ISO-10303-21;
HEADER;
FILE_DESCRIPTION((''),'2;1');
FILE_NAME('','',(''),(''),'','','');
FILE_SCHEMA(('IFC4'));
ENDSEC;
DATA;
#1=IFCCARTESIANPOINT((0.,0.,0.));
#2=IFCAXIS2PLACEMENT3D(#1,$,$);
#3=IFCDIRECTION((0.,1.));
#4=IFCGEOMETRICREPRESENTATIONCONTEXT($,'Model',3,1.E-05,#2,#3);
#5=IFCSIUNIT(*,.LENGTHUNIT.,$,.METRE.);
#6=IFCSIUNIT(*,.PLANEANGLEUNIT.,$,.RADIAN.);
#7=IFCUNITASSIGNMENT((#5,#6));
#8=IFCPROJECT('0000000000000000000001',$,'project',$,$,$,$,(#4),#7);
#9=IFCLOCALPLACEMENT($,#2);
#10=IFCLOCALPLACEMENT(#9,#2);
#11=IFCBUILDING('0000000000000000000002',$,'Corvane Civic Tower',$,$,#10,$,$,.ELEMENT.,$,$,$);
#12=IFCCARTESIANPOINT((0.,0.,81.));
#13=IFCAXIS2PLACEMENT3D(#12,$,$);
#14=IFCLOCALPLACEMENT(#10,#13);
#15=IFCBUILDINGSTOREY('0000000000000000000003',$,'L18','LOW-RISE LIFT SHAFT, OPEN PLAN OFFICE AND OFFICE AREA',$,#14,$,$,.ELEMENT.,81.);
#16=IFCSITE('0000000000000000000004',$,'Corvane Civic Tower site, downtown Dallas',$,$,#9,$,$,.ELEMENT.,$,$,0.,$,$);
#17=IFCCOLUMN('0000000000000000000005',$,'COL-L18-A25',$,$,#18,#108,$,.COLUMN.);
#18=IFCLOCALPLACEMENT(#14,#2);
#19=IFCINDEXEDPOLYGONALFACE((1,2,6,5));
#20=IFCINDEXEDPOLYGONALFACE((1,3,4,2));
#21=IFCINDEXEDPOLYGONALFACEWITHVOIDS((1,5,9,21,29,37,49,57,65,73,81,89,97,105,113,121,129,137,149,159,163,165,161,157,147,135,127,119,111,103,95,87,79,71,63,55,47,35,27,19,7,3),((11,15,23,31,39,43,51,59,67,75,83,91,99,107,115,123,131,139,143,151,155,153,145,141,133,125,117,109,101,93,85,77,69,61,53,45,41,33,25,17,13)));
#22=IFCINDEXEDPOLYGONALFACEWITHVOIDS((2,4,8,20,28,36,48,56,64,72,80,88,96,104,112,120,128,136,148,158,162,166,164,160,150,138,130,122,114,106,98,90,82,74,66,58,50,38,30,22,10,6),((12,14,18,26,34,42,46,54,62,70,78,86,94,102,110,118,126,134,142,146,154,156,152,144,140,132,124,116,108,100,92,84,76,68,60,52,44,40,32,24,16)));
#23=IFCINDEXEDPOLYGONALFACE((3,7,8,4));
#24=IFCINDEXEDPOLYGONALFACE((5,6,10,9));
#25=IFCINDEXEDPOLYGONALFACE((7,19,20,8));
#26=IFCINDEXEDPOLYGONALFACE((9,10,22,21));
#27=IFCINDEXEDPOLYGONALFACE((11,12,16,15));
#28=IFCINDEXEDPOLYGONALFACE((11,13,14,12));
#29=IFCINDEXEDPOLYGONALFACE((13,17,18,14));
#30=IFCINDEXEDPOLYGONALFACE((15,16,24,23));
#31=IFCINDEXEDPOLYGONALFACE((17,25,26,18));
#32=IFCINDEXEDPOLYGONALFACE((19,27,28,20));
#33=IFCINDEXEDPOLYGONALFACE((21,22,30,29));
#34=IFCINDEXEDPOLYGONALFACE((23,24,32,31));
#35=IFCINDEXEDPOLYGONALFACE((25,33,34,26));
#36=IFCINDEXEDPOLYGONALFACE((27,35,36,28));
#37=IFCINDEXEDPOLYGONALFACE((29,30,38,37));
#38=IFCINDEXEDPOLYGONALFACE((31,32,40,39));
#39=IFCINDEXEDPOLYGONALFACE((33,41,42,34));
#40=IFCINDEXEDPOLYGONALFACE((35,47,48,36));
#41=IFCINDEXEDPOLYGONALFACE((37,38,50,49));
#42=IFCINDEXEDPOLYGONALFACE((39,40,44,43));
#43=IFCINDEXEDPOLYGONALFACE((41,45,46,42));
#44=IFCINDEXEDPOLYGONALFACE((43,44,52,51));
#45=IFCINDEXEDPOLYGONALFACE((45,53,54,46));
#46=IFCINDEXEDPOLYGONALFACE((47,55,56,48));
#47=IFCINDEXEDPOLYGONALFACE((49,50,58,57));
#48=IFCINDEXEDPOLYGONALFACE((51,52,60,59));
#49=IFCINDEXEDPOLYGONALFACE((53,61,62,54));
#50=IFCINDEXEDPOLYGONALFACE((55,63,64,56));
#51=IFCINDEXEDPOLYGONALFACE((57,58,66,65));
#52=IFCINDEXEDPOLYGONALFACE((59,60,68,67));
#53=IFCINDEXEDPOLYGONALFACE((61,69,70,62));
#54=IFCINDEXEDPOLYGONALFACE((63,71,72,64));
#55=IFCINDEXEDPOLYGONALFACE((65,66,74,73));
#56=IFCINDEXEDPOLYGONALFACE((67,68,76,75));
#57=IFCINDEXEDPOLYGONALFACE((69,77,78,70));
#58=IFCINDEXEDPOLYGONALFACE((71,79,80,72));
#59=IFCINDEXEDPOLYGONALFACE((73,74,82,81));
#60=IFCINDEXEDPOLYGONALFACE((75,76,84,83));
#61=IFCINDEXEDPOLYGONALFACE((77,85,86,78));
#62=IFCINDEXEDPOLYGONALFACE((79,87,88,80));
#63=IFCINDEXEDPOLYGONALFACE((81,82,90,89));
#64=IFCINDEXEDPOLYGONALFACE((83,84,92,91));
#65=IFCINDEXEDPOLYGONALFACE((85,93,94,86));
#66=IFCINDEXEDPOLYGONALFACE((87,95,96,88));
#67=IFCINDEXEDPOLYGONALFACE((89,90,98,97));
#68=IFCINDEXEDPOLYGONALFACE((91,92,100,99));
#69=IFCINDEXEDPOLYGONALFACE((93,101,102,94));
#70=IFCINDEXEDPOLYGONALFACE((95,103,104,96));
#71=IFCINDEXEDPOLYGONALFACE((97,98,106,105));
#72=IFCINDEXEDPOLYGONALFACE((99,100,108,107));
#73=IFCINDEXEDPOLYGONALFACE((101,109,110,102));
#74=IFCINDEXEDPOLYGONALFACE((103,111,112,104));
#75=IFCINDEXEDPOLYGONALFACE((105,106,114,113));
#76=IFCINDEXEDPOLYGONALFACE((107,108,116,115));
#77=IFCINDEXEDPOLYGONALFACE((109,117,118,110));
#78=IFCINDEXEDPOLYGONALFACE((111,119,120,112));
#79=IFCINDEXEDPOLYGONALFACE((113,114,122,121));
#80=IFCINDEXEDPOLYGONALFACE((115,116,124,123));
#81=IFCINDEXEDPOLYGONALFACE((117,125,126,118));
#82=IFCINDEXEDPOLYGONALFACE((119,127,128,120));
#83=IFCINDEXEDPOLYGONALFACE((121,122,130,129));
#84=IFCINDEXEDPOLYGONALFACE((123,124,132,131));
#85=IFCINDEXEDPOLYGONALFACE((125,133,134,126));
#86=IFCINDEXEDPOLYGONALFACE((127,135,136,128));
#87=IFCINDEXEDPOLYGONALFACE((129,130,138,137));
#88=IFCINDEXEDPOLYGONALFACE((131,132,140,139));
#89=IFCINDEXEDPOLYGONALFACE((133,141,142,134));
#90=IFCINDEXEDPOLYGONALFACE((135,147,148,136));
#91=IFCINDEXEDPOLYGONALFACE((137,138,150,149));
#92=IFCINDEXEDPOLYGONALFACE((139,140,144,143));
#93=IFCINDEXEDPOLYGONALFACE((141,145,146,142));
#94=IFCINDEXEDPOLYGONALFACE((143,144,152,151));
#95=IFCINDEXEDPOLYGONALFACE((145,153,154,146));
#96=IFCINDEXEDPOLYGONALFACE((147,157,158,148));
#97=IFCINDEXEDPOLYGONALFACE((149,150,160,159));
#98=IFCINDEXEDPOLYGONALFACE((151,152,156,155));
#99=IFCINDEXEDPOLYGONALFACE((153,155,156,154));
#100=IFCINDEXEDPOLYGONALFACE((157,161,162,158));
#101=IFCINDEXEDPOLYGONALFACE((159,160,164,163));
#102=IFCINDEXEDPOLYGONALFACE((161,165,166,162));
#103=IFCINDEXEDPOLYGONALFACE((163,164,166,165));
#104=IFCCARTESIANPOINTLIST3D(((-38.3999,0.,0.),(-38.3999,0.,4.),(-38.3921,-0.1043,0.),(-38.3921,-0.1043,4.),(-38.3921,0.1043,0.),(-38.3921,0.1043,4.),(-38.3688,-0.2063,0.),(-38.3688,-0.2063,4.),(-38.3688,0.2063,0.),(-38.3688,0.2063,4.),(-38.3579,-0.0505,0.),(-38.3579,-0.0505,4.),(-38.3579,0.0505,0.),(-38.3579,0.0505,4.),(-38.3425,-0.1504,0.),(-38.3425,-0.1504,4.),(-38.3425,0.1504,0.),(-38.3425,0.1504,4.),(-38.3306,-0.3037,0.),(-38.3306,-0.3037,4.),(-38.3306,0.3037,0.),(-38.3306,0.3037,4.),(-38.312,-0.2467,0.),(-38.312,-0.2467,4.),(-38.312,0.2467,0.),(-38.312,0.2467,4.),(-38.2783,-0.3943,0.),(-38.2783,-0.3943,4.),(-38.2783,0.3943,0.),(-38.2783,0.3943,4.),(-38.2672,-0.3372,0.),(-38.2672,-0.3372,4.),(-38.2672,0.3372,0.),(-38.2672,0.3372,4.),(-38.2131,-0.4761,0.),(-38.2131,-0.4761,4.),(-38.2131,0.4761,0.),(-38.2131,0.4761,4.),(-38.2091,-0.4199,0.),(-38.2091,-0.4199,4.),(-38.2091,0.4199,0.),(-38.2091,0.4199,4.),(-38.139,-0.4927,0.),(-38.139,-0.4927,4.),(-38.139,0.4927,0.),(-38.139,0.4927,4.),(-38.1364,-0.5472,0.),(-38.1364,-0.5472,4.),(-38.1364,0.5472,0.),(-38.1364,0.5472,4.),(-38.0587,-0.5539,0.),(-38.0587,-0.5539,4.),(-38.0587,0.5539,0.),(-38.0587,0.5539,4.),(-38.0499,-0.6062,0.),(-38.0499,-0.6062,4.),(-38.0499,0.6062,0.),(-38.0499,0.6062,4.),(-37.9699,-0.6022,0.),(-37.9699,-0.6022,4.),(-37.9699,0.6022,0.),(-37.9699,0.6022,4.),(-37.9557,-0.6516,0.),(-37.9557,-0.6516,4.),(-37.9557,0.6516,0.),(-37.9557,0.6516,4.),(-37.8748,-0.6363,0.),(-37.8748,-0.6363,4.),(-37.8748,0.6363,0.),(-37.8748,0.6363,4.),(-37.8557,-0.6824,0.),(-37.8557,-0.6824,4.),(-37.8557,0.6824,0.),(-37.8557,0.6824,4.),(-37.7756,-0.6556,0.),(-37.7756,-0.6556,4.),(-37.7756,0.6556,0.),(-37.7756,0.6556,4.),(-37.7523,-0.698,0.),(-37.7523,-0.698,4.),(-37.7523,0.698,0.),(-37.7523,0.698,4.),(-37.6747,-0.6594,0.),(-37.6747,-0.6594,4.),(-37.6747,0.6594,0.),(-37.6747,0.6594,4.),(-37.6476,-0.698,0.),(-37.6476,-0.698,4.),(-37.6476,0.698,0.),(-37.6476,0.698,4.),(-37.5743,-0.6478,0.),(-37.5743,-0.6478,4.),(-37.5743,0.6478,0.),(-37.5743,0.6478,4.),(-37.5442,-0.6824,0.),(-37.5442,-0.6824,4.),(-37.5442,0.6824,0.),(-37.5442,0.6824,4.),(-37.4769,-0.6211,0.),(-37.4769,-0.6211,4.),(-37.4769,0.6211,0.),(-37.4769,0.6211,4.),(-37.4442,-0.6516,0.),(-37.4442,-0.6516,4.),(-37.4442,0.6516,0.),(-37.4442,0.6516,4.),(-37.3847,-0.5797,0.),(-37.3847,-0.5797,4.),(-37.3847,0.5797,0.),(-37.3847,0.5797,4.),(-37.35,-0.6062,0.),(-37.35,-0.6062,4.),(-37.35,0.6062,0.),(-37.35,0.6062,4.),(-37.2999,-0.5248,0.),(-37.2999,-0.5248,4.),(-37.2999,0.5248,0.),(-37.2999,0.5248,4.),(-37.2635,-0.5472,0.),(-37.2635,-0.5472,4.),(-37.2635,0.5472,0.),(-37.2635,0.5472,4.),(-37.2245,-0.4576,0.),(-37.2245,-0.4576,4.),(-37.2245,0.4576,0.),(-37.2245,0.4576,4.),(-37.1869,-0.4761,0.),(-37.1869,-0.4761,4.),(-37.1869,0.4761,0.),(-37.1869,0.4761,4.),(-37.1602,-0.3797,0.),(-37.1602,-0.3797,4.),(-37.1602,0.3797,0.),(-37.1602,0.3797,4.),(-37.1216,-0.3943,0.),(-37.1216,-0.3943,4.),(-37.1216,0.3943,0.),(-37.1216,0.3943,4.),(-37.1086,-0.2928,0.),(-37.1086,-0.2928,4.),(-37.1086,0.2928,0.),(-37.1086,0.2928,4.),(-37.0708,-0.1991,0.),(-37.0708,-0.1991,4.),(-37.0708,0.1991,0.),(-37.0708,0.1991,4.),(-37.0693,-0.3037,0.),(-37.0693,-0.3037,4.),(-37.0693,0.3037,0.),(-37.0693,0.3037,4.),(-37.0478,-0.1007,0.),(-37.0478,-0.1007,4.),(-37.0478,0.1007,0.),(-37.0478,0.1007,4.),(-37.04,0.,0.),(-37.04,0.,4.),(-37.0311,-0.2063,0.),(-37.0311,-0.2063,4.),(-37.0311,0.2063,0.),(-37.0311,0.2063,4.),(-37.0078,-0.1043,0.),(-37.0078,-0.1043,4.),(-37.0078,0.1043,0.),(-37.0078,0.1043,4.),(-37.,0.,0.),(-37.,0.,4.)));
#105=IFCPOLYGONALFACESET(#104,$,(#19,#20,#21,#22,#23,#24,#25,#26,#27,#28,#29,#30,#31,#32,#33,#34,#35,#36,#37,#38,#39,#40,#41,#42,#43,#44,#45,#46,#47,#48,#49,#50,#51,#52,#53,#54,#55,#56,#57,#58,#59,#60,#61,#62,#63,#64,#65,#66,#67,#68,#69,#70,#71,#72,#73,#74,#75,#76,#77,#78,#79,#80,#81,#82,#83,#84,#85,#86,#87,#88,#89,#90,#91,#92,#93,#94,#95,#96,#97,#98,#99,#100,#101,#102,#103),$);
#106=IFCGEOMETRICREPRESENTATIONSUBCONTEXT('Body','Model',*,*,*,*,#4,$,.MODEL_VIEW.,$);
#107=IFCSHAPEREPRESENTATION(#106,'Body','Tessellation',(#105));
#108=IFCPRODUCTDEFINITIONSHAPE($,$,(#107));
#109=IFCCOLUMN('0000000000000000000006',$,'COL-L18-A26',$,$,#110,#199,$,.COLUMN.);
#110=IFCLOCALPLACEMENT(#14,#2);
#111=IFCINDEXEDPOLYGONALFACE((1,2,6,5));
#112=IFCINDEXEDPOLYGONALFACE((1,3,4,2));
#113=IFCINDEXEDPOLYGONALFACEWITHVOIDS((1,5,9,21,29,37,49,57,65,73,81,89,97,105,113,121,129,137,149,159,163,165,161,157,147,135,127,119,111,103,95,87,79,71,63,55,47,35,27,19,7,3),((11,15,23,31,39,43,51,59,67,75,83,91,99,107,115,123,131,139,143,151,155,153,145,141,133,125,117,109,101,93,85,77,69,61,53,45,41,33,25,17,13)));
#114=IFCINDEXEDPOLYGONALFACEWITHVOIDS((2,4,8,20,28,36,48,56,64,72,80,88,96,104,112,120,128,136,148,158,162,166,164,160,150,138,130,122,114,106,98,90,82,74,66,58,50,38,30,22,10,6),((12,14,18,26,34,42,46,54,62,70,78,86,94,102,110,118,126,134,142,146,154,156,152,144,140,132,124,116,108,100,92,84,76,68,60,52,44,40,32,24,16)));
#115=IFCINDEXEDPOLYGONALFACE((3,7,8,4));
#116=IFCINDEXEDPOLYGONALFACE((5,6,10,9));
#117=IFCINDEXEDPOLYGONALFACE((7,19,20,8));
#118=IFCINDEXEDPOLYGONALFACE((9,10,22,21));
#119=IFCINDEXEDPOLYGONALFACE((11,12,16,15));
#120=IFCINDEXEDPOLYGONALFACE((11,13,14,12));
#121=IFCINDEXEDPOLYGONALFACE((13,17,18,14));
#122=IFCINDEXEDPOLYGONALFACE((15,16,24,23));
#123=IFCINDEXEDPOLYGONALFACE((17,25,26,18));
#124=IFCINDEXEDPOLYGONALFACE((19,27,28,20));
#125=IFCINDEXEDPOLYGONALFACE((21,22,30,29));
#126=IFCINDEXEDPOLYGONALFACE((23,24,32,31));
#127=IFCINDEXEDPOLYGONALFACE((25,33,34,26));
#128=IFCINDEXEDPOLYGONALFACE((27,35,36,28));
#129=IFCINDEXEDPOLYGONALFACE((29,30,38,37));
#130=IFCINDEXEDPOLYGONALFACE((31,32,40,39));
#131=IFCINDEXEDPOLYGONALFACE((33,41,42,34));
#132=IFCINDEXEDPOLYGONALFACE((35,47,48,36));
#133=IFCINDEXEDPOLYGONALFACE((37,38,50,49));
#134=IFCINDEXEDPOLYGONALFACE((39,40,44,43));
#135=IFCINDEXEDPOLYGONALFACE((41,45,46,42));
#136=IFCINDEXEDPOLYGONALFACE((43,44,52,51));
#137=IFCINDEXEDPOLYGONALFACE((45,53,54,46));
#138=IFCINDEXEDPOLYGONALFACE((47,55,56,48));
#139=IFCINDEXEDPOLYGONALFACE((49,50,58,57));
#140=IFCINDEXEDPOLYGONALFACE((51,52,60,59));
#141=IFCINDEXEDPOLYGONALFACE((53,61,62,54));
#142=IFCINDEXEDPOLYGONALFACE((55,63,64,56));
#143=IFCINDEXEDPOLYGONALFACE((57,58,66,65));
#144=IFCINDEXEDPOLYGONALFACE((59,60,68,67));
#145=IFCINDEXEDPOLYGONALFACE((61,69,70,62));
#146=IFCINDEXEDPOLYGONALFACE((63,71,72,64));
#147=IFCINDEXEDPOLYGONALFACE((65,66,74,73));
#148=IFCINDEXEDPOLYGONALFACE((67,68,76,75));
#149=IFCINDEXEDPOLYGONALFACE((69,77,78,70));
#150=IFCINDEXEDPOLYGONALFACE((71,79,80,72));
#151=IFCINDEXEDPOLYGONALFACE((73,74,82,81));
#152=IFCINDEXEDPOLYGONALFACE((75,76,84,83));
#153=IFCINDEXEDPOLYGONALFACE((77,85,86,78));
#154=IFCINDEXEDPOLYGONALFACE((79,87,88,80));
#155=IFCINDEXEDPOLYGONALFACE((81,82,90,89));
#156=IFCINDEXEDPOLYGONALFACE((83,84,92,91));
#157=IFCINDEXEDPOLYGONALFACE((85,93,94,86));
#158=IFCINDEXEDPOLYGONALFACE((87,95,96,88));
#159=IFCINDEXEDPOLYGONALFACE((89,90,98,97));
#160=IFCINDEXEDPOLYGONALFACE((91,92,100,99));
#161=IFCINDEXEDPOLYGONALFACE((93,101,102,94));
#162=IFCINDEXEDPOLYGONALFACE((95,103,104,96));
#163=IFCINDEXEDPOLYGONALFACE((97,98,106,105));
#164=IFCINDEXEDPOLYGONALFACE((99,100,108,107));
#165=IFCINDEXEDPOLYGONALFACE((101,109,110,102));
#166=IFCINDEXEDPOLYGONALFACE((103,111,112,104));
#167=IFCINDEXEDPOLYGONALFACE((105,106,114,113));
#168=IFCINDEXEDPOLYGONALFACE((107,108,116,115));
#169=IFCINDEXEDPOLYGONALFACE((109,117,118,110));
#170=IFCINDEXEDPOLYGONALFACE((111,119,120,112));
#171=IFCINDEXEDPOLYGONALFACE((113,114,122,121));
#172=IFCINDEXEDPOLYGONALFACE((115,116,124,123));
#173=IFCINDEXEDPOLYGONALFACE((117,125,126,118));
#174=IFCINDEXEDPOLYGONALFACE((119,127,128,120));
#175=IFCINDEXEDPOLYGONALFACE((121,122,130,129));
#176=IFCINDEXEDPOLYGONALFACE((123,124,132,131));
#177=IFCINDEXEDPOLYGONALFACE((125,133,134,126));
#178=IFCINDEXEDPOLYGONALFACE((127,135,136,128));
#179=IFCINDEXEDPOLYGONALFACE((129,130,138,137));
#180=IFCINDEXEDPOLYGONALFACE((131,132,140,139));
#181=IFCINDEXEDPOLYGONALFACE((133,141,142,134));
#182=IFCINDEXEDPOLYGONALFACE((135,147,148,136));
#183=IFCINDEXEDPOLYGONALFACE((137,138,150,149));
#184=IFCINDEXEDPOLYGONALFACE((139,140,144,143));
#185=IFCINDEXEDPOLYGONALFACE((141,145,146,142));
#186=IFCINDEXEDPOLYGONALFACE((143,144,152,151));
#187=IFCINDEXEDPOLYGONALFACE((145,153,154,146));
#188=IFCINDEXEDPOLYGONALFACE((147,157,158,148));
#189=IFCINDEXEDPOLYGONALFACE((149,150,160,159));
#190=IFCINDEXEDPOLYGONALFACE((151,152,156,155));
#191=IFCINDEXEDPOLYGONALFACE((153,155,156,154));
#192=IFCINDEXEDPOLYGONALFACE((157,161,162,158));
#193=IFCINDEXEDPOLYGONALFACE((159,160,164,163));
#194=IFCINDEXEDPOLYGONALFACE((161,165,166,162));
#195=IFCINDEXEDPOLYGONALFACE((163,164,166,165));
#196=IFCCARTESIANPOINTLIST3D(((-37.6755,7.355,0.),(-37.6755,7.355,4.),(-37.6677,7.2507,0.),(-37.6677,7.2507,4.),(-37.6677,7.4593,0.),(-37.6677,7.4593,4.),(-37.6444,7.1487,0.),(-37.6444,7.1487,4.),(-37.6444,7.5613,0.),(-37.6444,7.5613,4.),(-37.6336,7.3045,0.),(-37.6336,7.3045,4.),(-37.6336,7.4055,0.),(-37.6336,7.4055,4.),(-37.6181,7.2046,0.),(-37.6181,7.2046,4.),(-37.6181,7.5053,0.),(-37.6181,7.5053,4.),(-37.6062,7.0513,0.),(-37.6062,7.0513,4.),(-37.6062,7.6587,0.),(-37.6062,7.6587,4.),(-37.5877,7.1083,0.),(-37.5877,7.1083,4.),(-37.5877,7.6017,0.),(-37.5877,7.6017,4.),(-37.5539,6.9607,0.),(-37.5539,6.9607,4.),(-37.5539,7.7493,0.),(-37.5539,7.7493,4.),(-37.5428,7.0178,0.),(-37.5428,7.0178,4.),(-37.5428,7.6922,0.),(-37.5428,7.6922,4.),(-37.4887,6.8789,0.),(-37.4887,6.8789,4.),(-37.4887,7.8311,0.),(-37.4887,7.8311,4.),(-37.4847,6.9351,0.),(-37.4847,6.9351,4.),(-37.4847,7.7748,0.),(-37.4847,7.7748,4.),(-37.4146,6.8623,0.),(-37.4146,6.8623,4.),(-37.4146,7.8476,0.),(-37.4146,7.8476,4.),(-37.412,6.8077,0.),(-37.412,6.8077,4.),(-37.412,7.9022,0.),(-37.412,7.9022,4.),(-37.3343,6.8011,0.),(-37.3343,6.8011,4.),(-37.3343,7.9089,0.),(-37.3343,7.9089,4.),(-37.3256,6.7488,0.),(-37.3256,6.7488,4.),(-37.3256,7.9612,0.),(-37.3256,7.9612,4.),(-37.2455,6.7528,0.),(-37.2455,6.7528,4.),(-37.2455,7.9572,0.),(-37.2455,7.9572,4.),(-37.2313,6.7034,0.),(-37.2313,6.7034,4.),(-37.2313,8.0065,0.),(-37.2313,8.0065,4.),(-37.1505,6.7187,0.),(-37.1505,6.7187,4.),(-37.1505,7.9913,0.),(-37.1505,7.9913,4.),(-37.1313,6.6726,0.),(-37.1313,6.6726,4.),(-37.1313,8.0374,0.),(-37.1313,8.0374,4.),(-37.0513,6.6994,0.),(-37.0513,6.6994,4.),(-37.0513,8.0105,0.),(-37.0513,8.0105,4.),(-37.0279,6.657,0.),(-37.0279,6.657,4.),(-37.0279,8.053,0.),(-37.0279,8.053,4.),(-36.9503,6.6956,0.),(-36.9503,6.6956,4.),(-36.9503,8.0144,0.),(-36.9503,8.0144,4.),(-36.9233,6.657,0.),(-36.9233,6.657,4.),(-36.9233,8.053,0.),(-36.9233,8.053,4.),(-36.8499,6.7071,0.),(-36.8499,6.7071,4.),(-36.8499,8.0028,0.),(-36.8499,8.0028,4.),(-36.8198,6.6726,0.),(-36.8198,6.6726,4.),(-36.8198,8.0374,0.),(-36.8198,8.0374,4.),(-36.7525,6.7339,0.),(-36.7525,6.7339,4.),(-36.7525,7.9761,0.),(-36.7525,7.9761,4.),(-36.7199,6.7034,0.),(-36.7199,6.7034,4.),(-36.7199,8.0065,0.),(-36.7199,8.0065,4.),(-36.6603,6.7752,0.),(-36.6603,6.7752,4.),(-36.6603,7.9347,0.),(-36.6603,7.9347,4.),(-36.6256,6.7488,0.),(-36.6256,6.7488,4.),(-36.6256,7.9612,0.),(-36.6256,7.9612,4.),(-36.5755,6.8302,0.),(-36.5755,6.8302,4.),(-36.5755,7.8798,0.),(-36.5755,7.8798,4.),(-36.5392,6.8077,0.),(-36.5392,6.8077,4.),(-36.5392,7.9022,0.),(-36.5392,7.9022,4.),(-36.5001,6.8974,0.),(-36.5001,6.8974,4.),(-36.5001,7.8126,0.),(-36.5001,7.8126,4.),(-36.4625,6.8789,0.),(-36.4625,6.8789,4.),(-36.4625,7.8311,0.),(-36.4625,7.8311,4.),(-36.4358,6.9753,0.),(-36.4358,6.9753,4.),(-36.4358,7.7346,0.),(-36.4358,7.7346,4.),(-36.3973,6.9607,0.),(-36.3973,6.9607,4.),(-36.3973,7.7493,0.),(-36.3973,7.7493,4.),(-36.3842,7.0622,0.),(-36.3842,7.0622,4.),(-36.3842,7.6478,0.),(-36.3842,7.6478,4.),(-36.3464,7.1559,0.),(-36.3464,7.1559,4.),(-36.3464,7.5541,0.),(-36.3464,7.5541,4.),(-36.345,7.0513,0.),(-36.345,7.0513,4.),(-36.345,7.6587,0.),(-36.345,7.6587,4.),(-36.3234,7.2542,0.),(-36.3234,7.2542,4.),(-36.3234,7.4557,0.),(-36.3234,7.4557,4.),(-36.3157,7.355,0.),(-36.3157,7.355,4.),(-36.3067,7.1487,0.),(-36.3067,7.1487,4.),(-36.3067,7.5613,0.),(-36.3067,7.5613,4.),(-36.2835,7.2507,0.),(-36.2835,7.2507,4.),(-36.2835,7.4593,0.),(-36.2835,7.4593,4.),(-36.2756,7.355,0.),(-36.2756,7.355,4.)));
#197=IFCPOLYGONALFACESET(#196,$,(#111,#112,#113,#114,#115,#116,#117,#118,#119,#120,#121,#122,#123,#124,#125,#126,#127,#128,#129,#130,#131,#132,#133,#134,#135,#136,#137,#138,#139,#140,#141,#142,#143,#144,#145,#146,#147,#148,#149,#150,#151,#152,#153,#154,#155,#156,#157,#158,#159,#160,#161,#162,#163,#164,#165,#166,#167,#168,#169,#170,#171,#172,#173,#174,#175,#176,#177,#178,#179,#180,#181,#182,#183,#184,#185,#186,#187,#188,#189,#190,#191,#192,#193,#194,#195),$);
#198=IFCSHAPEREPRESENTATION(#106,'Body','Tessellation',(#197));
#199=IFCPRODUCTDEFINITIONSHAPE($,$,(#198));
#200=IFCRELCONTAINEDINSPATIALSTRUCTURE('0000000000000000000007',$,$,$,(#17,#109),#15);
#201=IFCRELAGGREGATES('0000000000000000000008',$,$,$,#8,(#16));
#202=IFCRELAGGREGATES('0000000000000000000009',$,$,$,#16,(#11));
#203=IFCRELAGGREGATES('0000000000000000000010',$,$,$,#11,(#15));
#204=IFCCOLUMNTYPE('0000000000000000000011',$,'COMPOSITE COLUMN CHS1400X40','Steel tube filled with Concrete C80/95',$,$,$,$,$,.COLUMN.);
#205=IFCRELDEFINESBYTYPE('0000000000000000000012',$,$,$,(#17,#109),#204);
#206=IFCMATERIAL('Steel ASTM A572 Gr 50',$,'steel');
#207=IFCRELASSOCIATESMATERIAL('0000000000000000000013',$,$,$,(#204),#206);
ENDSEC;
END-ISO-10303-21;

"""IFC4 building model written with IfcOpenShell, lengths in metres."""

from ifc_helpers import new_model, si_unit, direction, frame, origin, origin_2d, place, context, subcontext, project, spatial, hollow_circle, extrude, material, material_profile, profile_set, type_object, element, save


model = new_model("IFC4")

# Units and contexts
model_context = context("Model", 3, precision=1e-05, world=origin(), true_north=direction((0.0, 1.0)))
body_context = subcontext(model_context, "Body", "Model", "MODEL_VIEW")
ifc_project = project(units=[si_unit("LENGTHUNIT", "METRE"), si_unit("PLANEANGLEUNIT", "RADIAN")], contexts=[model_context])

# Site, building, storey
site_placement = place(None, origin())
site = spatial("IfcSite", under=ifc_project, at=site_placement, Name="Corvane Civic Tower site, downtown Dallas", CompositionType="ELEMENT", RefElevation=0.0)
building_placement = place(site_placement, origin())
building = spatial("IfcBuilding", under=site, at=building_placement, Name="Corvane Civic Tower", CompositionType="ELEMENT")
storey_placement = place(building_placement, frame((0.0, 0.0, 81.0)))
storey = spatial("IfcBuildingStorey", under=building, at=storey_placement, Name="L18", Description="LOW-RISE LIFT SHAFT, OPEN PLAN OFFICE AND OFFICE AREA", CompositionType="ELEMENT", Elevation=81.0)

# Columns
ifc_material_1 = material(Name="Steel ASTM A572 Gr 50", Category="steel")
ifc_material_profile_1 = material_profile(ifc_material_1, hollow_circle(Radius=0.7, WallThickness=0.04, at=origin_2d()), Name="CHS1400X40")
ifc_profile_set_1 = profile_set([ifc_material_profile_1], Name="Steel ASTM A572 Gr 50")
column_type = type_object("IfcColumnType", Name="COMPOSITE COLUMN CHS1400X40", Description="Steel tube filled with Concrete C80/95", PredefinedType="COLUMN", material=ifc_profile_set_1)
for number, where, z_axis, x_axis, name in (
    (1, (-37.7, 0.0, 0.0), (0.0, 0.0, 1.0), (1.0, 0.0, 0.0), "COL-L18-A25"),
    (2, (-36.9756, 7.355, 0.0), (0.0, 0.0, 1.0), (1.0, 0.0, 0.0), "COL-L18-A26"),
):
    element("IfcColumn", number, at=place(storey_placement, frame(where, z_axis=z_axis, x_axis=x_axis)), inside=storey, type_object=column_type, Name=name, PredefinedType="COLUMN", context=body_context, shape_type="SweptSolid", body=[
        extrude(hollow_circle(Radius=0.7, WallThickness=0.04, at=origin_2d()), origin(), (0.0, 0.0, 1.0), 4.0),
    ])

save(model, "model.ifc")
